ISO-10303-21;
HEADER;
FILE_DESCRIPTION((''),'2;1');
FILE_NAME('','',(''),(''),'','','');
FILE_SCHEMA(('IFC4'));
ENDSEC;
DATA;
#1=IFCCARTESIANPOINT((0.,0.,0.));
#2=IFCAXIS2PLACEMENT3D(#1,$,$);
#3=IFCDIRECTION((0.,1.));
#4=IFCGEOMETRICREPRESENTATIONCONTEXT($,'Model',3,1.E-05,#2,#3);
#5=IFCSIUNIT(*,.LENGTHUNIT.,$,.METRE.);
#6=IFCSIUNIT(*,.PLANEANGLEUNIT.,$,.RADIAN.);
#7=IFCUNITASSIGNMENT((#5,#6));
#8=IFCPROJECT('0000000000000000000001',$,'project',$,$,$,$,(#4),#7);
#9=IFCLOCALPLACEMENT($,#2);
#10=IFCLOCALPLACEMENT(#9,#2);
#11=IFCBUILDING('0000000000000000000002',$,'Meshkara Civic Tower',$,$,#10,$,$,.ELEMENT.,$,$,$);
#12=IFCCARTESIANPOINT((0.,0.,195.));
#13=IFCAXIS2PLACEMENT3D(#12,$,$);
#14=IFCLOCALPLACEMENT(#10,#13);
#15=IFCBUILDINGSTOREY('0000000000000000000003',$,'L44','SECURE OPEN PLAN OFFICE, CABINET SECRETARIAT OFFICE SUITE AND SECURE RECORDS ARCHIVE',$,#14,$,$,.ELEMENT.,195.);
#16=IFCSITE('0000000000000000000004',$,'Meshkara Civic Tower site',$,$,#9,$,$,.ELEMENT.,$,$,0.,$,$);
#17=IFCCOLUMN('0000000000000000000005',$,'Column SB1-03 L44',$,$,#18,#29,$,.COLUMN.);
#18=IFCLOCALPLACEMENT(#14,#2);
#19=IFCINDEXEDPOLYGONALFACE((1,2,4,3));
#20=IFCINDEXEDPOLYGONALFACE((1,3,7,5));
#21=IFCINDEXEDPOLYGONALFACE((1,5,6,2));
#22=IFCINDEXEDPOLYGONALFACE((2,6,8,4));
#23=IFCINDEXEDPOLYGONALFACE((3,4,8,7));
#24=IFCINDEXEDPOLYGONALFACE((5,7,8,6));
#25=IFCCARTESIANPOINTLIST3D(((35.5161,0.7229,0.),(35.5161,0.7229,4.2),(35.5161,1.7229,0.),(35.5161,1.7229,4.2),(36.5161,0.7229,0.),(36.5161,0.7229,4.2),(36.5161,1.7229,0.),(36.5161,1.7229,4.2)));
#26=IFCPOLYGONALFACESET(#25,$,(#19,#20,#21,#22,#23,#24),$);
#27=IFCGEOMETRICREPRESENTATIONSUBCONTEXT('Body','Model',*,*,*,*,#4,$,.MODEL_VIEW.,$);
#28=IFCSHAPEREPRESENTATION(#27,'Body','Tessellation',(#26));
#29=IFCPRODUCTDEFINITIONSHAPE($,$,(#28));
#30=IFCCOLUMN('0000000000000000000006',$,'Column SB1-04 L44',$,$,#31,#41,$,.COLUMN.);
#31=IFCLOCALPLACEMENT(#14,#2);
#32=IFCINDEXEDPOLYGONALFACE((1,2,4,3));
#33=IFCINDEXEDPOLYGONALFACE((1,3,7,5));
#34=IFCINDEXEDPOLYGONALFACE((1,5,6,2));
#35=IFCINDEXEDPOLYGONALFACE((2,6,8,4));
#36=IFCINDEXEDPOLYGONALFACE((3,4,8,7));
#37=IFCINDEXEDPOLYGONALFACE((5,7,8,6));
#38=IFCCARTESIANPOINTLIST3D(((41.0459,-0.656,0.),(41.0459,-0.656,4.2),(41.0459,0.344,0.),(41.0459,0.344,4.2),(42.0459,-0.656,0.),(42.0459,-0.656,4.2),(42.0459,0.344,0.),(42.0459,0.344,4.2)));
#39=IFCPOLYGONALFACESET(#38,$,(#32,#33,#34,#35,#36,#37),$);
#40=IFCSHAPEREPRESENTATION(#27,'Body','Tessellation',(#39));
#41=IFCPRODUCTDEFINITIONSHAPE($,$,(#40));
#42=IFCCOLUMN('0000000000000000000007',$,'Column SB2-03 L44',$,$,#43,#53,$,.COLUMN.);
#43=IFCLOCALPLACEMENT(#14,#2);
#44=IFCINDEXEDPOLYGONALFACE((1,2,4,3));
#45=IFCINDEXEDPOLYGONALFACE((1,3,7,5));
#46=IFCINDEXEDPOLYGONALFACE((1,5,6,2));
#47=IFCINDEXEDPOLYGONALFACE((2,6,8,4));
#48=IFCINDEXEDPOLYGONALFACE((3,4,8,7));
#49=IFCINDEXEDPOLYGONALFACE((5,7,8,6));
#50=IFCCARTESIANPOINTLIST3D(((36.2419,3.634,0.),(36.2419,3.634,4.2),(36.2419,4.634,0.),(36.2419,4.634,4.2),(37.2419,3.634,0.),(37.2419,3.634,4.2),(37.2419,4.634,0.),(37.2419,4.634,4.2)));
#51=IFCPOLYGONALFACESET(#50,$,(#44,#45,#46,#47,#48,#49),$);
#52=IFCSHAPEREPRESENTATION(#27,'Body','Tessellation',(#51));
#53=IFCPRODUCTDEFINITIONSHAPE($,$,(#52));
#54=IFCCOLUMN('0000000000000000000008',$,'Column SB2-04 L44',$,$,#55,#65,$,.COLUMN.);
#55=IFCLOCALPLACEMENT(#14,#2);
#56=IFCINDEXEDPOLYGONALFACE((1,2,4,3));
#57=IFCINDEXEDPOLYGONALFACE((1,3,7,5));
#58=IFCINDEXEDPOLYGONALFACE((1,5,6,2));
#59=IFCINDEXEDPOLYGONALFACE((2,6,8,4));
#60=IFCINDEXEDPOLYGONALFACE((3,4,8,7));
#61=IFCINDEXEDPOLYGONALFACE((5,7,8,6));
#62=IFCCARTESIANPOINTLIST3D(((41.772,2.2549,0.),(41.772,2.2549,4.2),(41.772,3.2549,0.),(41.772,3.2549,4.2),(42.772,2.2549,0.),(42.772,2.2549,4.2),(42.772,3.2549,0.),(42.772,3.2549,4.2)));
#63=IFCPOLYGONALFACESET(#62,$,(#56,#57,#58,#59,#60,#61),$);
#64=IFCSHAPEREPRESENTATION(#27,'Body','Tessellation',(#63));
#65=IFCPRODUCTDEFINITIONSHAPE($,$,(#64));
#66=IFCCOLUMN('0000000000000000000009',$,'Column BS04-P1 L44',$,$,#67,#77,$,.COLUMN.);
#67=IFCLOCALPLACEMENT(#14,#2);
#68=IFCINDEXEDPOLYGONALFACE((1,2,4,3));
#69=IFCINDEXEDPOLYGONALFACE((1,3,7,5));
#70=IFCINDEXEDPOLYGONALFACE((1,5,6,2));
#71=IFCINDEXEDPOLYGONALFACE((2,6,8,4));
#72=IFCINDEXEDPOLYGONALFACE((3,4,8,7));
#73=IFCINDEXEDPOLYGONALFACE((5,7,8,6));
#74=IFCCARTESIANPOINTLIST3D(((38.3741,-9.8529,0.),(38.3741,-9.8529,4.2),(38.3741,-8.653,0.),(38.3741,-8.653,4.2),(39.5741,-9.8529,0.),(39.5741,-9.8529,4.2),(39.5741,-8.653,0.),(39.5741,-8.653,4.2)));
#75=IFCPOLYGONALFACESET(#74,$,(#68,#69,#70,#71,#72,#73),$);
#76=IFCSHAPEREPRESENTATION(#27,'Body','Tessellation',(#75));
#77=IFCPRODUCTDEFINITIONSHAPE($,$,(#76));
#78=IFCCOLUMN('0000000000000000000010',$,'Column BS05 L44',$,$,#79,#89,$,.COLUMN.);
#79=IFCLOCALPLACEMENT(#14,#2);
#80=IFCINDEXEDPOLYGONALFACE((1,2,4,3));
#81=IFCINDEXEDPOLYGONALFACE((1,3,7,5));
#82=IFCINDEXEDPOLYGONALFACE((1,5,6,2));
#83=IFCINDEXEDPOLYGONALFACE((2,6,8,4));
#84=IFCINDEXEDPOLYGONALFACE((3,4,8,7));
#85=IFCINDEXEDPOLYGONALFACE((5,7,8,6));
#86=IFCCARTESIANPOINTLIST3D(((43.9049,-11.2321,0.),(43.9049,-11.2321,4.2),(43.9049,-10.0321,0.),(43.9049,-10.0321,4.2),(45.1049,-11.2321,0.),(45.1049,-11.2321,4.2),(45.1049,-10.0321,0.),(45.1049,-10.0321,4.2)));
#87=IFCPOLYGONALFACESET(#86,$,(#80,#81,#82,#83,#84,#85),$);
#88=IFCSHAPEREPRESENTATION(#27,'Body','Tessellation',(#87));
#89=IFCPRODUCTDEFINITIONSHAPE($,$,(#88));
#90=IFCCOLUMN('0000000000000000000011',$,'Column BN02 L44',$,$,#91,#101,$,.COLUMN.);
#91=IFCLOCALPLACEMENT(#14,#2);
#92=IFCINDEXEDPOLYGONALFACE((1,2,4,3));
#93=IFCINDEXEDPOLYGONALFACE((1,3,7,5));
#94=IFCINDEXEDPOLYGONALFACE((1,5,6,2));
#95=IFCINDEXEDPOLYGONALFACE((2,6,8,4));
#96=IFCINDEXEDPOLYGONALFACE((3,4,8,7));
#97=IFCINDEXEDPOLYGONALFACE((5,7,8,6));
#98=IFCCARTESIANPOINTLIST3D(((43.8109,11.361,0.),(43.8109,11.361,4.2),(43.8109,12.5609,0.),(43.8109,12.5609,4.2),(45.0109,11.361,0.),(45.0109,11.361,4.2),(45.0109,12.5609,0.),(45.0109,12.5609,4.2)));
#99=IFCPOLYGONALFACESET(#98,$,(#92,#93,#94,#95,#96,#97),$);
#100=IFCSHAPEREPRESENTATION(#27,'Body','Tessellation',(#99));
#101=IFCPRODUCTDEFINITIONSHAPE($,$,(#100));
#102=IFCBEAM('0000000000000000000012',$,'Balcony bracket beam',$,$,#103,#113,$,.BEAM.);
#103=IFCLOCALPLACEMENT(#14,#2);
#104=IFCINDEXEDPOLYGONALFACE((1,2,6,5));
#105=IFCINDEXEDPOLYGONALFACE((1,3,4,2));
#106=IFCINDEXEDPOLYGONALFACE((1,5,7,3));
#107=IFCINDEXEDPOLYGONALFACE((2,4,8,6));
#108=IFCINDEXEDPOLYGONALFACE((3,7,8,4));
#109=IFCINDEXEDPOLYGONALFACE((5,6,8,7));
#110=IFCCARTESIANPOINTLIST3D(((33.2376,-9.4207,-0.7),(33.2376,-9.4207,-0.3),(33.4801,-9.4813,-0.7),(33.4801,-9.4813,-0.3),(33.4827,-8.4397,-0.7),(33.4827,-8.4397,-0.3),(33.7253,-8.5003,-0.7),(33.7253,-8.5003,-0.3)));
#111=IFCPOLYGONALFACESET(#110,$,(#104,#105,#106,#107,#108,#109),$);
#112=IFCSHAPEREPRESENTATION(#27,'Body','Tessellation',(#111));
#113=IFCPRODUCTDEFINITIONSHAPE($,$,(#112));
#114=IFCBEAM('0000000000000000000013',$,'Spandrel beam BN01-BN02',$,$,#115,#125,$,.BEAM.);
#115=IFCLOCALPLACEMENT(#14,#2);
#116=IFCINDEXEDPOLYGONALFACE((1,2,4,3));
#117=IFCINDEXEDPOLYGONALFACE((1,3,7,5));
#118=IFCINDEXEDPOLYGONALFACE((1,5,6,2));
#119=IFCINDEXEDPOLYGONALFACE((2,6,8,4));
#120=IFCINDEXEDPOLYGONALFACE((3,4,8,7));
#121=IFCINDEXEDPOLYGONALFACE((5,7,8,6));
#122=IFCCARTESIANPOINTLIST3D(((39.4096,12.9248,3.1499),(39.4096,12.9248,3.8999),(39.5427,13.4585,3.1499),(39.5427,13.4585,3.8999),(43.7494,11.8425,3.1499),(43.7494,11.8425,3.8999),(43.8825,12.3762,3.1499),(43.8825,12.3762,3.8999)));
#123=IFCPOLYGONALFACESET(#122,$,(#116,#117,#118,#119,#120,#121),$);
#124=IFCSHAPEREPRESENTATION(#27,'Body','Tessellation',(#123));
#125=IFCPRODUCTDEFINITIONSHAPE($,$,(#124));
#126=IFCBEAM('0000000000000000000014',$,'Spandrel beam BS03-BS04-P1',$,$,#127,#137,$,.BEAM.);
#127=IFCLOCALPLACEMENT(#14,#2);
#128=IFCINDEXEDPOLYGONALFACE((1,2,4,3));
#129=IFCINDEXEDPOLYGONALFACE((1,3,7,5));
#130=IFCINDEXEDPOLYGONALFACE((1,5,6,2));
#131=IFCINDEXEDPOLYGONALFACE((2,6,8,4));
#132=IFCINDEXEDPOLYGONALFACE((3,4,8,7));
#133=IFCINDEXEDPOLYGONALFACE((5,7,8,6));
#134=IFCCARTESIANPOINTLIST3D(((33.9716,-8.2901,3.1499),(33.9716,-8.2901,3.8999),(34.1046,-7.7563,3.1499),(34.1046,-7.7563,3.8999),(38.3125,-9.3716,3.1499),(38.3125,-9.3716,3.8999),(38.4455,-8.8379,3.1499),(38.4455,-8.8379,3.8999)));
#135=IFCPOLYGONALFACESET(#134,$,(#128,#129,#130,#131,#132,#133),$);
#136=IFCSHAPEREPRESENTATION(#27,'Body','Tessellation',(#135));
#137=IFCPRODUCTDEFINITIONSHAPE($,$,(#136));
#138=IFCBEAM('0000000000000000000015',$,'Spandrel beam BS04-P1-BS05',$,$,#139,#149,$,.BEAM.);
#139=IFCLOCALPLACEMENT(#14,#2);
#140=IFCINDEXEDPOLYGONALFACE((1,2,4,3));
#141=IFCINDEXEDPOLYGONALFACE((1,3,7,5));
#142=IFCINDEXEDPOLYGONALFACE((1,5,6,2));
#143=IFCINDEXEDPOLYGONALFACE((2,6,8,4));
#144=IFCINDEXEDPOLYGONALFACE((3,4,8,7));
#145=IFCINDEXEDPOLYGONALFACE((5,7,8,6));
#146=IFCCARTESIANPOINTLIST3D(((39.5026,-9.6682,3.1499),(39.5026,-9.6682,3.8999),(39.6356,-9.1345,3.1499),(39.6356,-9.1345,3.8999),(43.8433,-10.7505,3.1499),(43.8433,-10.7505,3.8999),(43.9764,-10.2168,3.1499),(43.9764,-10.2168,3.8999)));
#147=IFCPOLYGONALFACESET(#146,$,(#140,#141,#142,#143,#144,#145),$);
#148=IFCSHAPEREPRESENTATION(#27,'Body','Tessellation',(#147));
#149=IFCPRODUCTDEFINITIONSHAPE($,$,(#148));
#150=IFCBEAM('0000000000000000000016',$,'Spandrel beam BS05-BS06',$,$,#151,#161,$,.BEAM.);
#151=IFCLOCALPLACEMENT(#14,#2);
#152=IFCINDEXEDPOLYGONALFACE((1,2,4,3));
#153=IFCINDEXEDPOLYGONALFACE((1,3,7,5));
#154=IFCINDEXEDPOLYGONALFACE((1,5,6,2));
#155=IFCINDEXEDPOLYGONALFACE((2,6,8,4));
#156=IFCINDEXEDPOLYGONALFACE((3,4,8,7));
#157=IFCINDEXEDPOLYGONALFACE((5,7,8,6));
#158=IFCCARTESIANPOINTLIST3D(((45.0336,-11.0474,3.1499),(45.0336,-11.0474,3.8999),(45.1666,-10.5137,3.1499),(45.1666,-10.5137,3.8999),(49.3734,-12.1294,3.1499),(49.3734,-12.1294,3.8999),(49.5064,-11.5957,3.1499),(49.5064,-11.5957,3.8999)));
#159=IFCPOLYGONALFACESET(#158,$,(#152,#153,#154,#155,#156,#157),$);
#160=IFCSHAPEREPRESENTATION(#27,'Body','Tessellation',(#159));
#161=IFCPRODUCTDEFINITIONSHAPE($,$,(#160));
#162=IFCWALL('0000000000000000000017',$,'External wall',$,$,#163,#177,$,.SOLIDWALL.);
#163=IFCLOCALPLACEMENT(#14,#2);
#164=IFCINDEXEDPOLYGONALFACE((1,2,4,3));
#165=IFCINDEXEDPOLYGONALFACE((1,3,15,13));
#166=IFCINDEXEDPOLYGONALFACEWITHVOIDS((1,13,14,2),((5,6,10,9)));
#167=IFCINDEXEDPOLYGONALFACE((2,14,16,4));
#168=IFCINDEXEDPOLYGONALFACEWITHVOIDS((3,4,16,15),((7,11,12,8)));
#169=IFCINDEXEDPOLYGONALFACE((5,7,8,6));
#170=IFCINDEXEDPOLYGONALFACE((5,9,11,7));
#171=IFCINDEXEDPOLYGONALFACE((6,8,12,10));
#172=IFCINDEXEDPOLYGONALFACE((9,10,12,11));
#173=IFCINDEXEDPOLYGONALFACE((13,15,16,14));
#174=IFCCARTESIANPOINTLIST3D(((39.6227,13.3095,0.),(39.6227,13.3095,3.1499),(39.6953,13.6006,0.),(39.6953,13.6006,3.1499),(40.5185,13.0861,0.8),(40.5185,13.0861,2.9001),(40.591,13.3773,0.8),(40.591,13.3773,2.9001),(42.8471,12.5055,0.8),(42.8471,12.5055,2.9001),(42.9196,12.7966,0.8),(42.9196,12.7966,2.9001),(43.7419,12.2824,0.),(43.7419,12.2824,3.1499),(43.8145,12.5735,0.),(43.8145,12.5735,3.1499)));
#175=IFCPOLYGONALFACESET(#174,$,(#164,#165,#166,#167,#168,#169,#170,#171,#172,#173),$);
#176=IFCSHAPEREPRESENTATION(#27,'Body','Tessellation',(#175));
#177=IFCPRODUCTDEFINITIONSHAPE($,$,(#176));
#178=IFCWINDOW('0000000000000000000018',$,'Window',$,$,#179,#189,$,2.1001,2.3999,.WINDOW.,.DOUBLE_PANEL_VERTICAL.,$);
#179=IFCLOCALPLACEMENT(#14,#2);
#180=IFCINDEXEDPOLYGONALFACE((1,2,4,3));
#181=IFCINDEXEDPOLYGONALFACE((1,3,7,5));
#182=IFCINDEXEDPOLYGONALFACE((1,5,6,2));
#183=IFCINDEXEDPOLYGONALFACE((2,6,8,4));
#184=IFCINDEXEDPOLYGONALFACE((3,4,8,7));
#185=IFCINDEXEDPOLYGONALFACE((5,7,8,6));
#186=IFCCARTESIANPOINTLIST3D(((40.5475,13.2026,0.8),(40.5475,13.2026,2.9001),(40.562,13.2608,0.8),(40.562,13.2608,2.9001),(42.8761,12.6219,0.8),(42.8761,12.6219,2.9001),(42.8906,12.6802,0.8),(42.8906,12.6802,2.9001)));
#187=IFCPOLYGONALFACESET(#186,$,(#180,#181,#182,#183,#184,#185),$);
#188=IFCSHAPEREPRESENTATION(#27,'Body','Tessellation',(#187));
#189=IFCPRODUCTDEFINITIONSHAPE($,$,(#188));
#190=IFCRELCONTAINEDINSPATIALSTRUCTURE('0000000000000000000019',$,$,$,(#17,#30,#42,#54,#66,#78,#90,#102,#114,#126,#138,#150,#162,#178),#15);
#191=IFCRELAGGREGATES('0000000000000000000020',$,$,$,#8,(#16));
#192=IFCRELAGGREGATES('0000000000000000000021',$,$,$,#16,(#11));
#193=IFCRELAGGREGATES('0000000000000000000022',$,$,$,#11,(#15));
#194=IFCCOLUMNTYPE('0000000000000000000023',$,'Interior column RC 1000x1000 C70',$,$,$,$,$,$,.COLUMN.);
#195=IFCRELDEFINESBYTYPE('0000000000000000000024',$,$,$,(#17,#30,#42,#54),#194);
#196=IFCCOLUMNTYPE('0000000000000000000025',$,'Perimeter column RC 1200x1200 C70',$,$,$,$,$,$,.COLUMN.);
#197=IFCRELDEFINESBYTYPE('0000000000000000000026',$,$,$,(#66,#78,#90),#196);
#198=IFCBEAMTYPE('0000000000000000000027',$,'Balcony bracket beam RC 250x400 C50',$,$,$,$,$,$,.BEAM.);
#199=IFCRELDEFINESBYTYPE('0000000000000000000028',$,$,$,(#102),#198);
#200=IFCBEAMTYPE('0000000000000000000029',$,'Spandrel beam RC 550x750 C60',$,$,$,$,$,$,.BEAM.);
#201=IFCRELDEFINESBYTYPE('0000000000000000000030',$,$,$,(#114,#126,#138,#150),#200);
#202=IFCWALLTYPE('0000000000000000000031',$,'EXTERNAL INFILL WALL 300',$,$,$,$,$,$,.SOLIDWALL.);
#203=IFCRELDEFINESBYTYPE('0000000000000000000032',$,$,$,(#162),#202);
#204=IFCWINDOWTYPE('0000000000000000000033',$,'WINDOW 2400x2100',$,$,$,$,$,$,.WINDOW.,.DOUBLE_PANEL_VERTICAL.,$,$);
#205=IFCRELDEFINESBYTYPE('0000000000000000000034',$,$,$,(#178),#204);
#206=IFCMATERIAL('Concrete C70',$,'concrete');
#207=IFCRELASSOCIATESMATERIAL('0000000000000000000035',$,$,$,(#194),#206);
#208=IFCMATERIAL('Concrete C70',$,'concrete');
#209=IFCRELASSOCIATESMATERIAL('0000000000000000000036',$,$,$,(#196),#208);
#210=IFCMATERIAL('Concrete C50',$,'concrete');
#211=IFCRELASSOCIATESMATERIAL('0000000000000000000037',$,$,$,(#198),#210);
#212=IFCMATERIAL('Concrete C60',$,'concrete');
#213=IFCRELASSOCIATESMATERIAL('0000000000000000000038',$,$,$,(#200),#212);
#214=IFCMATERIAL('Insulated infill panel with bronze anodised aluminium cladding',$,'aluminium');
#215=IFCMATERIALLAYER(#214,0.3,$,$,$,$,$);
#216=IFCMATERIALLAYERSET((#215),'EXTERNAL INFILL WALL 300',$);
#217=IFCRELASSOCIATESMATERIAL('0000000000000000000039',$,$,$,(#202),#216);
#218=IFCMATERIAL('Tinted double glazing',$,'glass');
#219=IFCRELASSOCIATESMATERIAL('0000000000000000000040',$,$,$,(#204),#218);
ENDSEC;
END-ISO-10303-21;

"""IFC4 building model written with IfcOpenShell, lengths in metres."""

from ifc_helpers import new_model, si_unit, direction, frame, frame_2d, origin, origin_2d, place, context, subcontext, project, spatial, rectangle, extrude, material, layer, layer_set, material_profile, profile_set, type_object, element, fill, save


model = new_model("IFC4")

# Units and contexts
model_context = context("Model", 3, precision=1e-05, world=origin(), true_north=direction((0.0, 1.0)))
body_context = subcontext(model_context, "Body", "Model", "MODEL_VIEW")
ifc_project = project(units=[si_unit("LENGTHUNIT", "METRE"), si_unit("PLANEANGLEUNIT", "RADIAN")], contexts=[model_context])

# Site, building, storey
site_placement = place(None, origin())
site = spatial("IfcSite", under=ifc_project, at=site_placement, Name="Meshkara Civic Tower site", CompositionType="ELEMENT", RefElevation=0.0)
building_placement = place(site_placement, origin())
building = spatial("IfcBuilding", under=site, at=building_placement, Name="Meshkara Civic Tower", CompositionType="ELEMENT")
storey_placement = place(building_placement, frame((0.0, 0.0, 195.0)))
storey = spatial("IfcBuildingStorey", under=building, at=storey_placement, Name="L44", Description="SECURE OPEN PLAN OFFICE, CABINET SECRETARIAT OFFICE SUITE AND SECURE RECORDS ARCHIVE", CompositionType="ELEMENT", Elevation=195.0)

# Columns
ifc_material_1 = material(Name="Concrete C70", Category="concrete")
ifc_material_profile_1 = material_profile(ifc_material_1, rectangle(XDim=1.0, YDim=1.0, at=origin_2d()))
ifc_profile_set_1 = profile_set([ifc_material_profile_1], Name="Concrete C70")
column_type_1 = type_object("IfcColumnType", Name="Interior column RC 1000x1000 C70", PredefinedType="COLUMN", material=ifc_profile_set_1)
for number, where, z_axis, x_axis, name in (
    (1, (36.0161, 1.2229, 0.0), (0.0, 0.0, 1.0), (1.0, 0.0, 0.0), "Column SB1-03 L44"),
    (2, (41.5459, -0.156, 0.0), (0.0, 0.0, 1.0), (1.0, 0.0, 0.0), "Column SB1-04 L44"),
    (3, (36.7419, 4.134, 0.0), (0.0, 0.0, 1.0), (1.0, 0.0, 0.0), "Column SB2-03 L44"),
    (4, (42.272, 2.7549, 0.0), (0.0, 0.0, 1.0), (1.0, 0.0, 0.0), "Column SB2-04 L44"),
):
    element("IfcColumn", number, at=place(storey_placement, frame(where, z_axis=z_axis, x_axis=x_axis)), inside=storey, type_object=column_type_1, Name=name, PredefinedType="COLUMN", context=body_context, shape_type="SweptSolid", body=[
        extrude(rectangle(XDim=1.0, YDim=1.0, at=origin_2d()), origin(), (0.0, 0.0, 1.0), 4.2),
    ])
ifc_material_2 = material(Name="Concrete C70", Category="concrete")
ifc_material_profile_2 = material_profile(ifc_material_2, rectangle(XDim=1.2, YDim=1.2, at=origin_2d()))
ifc_profile_set_2 = profile_set([ifc_material_profile_2], Name="Concrete C70")
column_type_2 = type_object("IfcColumnType", Name="Perimeter column RC 1200x1200 C70", PredefinedType="COLUMN", material=ifc_profile_set_2)
for number, where, z_axis, x_axis, name in (
    (5, (38.9741, -9.2529, 0.0), (0.0, 0.0, 1.0), (1.0, 0.0, 0.0), "Column BS04-P1 L44"),
    (6, (44.5049, -10.6321, 0.0), (0.0, 0.0, 1.0), (1.0, 0.0, 0.0), "Column BS05 L44"),
    (7, (44.4109, 11.9609, 0.0), (0.0, 0.0, 1.0), (1.0, 0.0, 0.0), "Column BN02 L44"),
):
    element("IfcColumn", number, at=place(storey_placement, frame(where, z_axis=z_axis, x_axis=x_axis)), inside=storey, type_object=column_type_2, Name=name, PredefinedType="COLUMN", context=body_context, shape_type="SweptSolid", body=[
        extrude(rectangle(XDim=1.2, YDim=1.2, at=origin_2d()), origin(), (0.0, 0.0, 1.0), 4.2),
    ])

# Beams
ifc_material_3 = material(Name="Concrete C50", Category="concrete")
ifc_material_profile_3 = material_profile(ifc_material_3, rectangle(XDim=0.25, YDim=0.3999, at=origin_2d()))
ifc_profile_set_3 = profile_set([ifc_material_profile_3], Name="Concrete C50")
beam_type_1 = type_object("IfcBeamType", Name="Balcony bracket beam RC 250x400 C50", PredefinedType="BEAM", material=ifc_profile_set_3)
beam_1_placement = place(storey_placement, frame((33.604, -8.47, -0.5), z_axis=(-0.242422, -0.970171, 0.0), x_axis=(0.970171, -0.242422, 0.0)))
element("IfcBeam", 8, at=beam_1_placement, inside=storey, type_object=beam_type_1, Name="Balcony bracket beam", PredefinedType="BEAM", context=body_context, shape_type="SweptSolid", body=[
    extrude(rectangle(XDim=0.25, YDim=0.3999, at=origin_2d()), origin(), (0.0, 0.0, 1.0), 1.0112),
])
ifc_material_4 = material(Name="Concrete C60", Category="concrete")
ifc_material_profile_4 = material_profile(ifc_material_4, rectangle(XDim=0.55, YDim=0.75, at=origin_2d()))
ifc_profile_set_4 = profile_set([ifc_material_profile_4], Name="Concrete C60")
beam_type_2 = type_object("IfcBeamType", Name="Spandrel beam RC 550x750 C60", PredefinedType="BEAM", material=ifc_profile_set_4)
beam_2_placement = place(storey_placement, frame((43.8159, 12.1094, 3.5249), z_axis=(-0.970284, 0.24197, 0.0), x_axis=(-0.24197, -0.970284, 0.0)))
element("IfcBeam", 9, at=beam_2_placement, inside=storey, type_object=beam_type_2, Name="Spandrel beam BN01-BN02", PredefinedType="BEAM", context=body_context, shape_type="SweptSolid", body=[
    extrude(rectangle(XDim=0.55, YDim=0.75, at=origin_2d()), origin(), (0.0, 0.0, 1.0), 4.4727),
])
for number, where, z_axis, x_axis, name in (
    (10, (34.0381, -8.0232, 3.5249), (0.970335, -0.241765, 0.0), (0.241765, 0.970335, 0.0), "Spandrel beam BS03-BS04-P1"),
    (11, (39.5691, -9.4014, 3.5249), (0.970296, -0.241919, 0.0), (0.241919, 0.970296, 0.0), "Spandrel beam BS04-P1-BS05"),
):
    element("IfcBeam", number, at=place(storey_placement, frame(where, z_axis=z_axis, x_axis=x_axis)), inside=storey, type_object=beam_type_2, Name=name, PredefinedType="BEAM", context=body_context, shape_type="SweptSolid", body=[
        extrude(rectangle(XDim=0.55, YDim=0.75, at=origin_2d()), origin(), (0.0, 0.0, 1.0), 4.4736),
    ])
beam_3_placement = place(storey_placement, frame((45.1001, -10.7805, 3.5249), z_axis=(0.970296, -0.241919, 0.0), x_axis=(0.241919, 0.970296, 0.0)))
element("IfcBeam", 12, at=beam_3_placement, inside=storey, type_object=beam_type_2, Name="Spandrel beam BS05-BS06", PredefinedType="BEAM", context=body_context, shape_type="SweptSolid", body=[
    extrude(rectangle(XDim=0.55, YDim=0.75, at=origin_2d()), origin(), (0.0, 0.0, 1.0), 4.4727),
])

# Wall, opening, window
ifc_material_5 = material(Name="Insulated infill panel with bronze anodised aluminium cladding", Category="aluminium")
ifc_layer_1 = layer(ifc_material_5, 0.3)
ifc_layer_set_1 = layer_set([ifc_layer_1], Name="EXTERNAL INFILL WALL 300")
wall_type_1 = type_object("IfcWallType", Name="EXTERNAL INFILL WALL 300", PredefinedType="SOLIDWALL", material=ifc_layer_set_1)
wall_1_placement = place(storey_placement, frame((43.7781, 12.428, 0.0), z_axis=(0.0, 0.0, 1.0), x_axis=(-0.970291, 0.24194, 0.0)))
wall_1 = element("IfcWall", 13, at=wall_1_placement, inside=storey, type_object=wall_type_1, Name="External wall", PredefinedType="SOLIDWALL", context=body_context, shape_type="SweptSolid", body=[
    extrude(rectangle(XDim=4.2454, YDim=0.3, at=frame_2d((2.1226, 0.0))), origin(), (0.0, 0.0, 1.0), 3.1499),
])
opening_1_placement = place(wall_1_placement, frame((0.9221, 0.0, 0.8)))
opening_1 = element("IfcOpeningElement", 14, at=opening_1_placement, cuts=wall_1, PredefinedType="OPENING", context=body_context, shape_type="SweptSolid", body=[
    extrude(rectangle(XDim=2.3999, YDim=2.1001, at=frame_2d((1.2, 1.05))), frame((0.0, 0.1599, 0.0), z_axis=(0.0, -1.0, 0.0), x_axis=(1.0, 0.0, 0.0)), (0.0, 0.0, 1.0), 0.3201),
])
ifc_material_6 = material(Name="Tinted double glazing", Category="glass")
window_type = type_object("IfcWindowType", Name="WINDOW 2400x2100", PartitioningType="DOUBLE_PANEL_VERTICAL", PredefinedType="WINDOW", material=ifc_material_6)
window_1_placement = place(opening_1_placement, origin())
window_1 = element("IfcWindow", 15, at=window_1_placement, inside=storey, type_object=window_type, Name="Window", OverallHeight=2.1001, OverallWidth=2.3999, PartitioningType="DOUBLE_PANEL_VERTICAL", PredefinedType="WINDOW", context=body_context, shape_type="SweptSolid", body=[
    extrude(rectangle(XDim=2.3999, YDim=2.1001, at=frame_2d((1.2, 1.05))), frame((0.0, 0.03, 0.0), z_axis=(0.0, -1.0, 0.0), x_axis=(1.0, 0.0, 0.0)), (0.0, 0.0, 1.0), 0.0601),
])
fill(opening_1, window_1)

save(model, "model.ifc")
